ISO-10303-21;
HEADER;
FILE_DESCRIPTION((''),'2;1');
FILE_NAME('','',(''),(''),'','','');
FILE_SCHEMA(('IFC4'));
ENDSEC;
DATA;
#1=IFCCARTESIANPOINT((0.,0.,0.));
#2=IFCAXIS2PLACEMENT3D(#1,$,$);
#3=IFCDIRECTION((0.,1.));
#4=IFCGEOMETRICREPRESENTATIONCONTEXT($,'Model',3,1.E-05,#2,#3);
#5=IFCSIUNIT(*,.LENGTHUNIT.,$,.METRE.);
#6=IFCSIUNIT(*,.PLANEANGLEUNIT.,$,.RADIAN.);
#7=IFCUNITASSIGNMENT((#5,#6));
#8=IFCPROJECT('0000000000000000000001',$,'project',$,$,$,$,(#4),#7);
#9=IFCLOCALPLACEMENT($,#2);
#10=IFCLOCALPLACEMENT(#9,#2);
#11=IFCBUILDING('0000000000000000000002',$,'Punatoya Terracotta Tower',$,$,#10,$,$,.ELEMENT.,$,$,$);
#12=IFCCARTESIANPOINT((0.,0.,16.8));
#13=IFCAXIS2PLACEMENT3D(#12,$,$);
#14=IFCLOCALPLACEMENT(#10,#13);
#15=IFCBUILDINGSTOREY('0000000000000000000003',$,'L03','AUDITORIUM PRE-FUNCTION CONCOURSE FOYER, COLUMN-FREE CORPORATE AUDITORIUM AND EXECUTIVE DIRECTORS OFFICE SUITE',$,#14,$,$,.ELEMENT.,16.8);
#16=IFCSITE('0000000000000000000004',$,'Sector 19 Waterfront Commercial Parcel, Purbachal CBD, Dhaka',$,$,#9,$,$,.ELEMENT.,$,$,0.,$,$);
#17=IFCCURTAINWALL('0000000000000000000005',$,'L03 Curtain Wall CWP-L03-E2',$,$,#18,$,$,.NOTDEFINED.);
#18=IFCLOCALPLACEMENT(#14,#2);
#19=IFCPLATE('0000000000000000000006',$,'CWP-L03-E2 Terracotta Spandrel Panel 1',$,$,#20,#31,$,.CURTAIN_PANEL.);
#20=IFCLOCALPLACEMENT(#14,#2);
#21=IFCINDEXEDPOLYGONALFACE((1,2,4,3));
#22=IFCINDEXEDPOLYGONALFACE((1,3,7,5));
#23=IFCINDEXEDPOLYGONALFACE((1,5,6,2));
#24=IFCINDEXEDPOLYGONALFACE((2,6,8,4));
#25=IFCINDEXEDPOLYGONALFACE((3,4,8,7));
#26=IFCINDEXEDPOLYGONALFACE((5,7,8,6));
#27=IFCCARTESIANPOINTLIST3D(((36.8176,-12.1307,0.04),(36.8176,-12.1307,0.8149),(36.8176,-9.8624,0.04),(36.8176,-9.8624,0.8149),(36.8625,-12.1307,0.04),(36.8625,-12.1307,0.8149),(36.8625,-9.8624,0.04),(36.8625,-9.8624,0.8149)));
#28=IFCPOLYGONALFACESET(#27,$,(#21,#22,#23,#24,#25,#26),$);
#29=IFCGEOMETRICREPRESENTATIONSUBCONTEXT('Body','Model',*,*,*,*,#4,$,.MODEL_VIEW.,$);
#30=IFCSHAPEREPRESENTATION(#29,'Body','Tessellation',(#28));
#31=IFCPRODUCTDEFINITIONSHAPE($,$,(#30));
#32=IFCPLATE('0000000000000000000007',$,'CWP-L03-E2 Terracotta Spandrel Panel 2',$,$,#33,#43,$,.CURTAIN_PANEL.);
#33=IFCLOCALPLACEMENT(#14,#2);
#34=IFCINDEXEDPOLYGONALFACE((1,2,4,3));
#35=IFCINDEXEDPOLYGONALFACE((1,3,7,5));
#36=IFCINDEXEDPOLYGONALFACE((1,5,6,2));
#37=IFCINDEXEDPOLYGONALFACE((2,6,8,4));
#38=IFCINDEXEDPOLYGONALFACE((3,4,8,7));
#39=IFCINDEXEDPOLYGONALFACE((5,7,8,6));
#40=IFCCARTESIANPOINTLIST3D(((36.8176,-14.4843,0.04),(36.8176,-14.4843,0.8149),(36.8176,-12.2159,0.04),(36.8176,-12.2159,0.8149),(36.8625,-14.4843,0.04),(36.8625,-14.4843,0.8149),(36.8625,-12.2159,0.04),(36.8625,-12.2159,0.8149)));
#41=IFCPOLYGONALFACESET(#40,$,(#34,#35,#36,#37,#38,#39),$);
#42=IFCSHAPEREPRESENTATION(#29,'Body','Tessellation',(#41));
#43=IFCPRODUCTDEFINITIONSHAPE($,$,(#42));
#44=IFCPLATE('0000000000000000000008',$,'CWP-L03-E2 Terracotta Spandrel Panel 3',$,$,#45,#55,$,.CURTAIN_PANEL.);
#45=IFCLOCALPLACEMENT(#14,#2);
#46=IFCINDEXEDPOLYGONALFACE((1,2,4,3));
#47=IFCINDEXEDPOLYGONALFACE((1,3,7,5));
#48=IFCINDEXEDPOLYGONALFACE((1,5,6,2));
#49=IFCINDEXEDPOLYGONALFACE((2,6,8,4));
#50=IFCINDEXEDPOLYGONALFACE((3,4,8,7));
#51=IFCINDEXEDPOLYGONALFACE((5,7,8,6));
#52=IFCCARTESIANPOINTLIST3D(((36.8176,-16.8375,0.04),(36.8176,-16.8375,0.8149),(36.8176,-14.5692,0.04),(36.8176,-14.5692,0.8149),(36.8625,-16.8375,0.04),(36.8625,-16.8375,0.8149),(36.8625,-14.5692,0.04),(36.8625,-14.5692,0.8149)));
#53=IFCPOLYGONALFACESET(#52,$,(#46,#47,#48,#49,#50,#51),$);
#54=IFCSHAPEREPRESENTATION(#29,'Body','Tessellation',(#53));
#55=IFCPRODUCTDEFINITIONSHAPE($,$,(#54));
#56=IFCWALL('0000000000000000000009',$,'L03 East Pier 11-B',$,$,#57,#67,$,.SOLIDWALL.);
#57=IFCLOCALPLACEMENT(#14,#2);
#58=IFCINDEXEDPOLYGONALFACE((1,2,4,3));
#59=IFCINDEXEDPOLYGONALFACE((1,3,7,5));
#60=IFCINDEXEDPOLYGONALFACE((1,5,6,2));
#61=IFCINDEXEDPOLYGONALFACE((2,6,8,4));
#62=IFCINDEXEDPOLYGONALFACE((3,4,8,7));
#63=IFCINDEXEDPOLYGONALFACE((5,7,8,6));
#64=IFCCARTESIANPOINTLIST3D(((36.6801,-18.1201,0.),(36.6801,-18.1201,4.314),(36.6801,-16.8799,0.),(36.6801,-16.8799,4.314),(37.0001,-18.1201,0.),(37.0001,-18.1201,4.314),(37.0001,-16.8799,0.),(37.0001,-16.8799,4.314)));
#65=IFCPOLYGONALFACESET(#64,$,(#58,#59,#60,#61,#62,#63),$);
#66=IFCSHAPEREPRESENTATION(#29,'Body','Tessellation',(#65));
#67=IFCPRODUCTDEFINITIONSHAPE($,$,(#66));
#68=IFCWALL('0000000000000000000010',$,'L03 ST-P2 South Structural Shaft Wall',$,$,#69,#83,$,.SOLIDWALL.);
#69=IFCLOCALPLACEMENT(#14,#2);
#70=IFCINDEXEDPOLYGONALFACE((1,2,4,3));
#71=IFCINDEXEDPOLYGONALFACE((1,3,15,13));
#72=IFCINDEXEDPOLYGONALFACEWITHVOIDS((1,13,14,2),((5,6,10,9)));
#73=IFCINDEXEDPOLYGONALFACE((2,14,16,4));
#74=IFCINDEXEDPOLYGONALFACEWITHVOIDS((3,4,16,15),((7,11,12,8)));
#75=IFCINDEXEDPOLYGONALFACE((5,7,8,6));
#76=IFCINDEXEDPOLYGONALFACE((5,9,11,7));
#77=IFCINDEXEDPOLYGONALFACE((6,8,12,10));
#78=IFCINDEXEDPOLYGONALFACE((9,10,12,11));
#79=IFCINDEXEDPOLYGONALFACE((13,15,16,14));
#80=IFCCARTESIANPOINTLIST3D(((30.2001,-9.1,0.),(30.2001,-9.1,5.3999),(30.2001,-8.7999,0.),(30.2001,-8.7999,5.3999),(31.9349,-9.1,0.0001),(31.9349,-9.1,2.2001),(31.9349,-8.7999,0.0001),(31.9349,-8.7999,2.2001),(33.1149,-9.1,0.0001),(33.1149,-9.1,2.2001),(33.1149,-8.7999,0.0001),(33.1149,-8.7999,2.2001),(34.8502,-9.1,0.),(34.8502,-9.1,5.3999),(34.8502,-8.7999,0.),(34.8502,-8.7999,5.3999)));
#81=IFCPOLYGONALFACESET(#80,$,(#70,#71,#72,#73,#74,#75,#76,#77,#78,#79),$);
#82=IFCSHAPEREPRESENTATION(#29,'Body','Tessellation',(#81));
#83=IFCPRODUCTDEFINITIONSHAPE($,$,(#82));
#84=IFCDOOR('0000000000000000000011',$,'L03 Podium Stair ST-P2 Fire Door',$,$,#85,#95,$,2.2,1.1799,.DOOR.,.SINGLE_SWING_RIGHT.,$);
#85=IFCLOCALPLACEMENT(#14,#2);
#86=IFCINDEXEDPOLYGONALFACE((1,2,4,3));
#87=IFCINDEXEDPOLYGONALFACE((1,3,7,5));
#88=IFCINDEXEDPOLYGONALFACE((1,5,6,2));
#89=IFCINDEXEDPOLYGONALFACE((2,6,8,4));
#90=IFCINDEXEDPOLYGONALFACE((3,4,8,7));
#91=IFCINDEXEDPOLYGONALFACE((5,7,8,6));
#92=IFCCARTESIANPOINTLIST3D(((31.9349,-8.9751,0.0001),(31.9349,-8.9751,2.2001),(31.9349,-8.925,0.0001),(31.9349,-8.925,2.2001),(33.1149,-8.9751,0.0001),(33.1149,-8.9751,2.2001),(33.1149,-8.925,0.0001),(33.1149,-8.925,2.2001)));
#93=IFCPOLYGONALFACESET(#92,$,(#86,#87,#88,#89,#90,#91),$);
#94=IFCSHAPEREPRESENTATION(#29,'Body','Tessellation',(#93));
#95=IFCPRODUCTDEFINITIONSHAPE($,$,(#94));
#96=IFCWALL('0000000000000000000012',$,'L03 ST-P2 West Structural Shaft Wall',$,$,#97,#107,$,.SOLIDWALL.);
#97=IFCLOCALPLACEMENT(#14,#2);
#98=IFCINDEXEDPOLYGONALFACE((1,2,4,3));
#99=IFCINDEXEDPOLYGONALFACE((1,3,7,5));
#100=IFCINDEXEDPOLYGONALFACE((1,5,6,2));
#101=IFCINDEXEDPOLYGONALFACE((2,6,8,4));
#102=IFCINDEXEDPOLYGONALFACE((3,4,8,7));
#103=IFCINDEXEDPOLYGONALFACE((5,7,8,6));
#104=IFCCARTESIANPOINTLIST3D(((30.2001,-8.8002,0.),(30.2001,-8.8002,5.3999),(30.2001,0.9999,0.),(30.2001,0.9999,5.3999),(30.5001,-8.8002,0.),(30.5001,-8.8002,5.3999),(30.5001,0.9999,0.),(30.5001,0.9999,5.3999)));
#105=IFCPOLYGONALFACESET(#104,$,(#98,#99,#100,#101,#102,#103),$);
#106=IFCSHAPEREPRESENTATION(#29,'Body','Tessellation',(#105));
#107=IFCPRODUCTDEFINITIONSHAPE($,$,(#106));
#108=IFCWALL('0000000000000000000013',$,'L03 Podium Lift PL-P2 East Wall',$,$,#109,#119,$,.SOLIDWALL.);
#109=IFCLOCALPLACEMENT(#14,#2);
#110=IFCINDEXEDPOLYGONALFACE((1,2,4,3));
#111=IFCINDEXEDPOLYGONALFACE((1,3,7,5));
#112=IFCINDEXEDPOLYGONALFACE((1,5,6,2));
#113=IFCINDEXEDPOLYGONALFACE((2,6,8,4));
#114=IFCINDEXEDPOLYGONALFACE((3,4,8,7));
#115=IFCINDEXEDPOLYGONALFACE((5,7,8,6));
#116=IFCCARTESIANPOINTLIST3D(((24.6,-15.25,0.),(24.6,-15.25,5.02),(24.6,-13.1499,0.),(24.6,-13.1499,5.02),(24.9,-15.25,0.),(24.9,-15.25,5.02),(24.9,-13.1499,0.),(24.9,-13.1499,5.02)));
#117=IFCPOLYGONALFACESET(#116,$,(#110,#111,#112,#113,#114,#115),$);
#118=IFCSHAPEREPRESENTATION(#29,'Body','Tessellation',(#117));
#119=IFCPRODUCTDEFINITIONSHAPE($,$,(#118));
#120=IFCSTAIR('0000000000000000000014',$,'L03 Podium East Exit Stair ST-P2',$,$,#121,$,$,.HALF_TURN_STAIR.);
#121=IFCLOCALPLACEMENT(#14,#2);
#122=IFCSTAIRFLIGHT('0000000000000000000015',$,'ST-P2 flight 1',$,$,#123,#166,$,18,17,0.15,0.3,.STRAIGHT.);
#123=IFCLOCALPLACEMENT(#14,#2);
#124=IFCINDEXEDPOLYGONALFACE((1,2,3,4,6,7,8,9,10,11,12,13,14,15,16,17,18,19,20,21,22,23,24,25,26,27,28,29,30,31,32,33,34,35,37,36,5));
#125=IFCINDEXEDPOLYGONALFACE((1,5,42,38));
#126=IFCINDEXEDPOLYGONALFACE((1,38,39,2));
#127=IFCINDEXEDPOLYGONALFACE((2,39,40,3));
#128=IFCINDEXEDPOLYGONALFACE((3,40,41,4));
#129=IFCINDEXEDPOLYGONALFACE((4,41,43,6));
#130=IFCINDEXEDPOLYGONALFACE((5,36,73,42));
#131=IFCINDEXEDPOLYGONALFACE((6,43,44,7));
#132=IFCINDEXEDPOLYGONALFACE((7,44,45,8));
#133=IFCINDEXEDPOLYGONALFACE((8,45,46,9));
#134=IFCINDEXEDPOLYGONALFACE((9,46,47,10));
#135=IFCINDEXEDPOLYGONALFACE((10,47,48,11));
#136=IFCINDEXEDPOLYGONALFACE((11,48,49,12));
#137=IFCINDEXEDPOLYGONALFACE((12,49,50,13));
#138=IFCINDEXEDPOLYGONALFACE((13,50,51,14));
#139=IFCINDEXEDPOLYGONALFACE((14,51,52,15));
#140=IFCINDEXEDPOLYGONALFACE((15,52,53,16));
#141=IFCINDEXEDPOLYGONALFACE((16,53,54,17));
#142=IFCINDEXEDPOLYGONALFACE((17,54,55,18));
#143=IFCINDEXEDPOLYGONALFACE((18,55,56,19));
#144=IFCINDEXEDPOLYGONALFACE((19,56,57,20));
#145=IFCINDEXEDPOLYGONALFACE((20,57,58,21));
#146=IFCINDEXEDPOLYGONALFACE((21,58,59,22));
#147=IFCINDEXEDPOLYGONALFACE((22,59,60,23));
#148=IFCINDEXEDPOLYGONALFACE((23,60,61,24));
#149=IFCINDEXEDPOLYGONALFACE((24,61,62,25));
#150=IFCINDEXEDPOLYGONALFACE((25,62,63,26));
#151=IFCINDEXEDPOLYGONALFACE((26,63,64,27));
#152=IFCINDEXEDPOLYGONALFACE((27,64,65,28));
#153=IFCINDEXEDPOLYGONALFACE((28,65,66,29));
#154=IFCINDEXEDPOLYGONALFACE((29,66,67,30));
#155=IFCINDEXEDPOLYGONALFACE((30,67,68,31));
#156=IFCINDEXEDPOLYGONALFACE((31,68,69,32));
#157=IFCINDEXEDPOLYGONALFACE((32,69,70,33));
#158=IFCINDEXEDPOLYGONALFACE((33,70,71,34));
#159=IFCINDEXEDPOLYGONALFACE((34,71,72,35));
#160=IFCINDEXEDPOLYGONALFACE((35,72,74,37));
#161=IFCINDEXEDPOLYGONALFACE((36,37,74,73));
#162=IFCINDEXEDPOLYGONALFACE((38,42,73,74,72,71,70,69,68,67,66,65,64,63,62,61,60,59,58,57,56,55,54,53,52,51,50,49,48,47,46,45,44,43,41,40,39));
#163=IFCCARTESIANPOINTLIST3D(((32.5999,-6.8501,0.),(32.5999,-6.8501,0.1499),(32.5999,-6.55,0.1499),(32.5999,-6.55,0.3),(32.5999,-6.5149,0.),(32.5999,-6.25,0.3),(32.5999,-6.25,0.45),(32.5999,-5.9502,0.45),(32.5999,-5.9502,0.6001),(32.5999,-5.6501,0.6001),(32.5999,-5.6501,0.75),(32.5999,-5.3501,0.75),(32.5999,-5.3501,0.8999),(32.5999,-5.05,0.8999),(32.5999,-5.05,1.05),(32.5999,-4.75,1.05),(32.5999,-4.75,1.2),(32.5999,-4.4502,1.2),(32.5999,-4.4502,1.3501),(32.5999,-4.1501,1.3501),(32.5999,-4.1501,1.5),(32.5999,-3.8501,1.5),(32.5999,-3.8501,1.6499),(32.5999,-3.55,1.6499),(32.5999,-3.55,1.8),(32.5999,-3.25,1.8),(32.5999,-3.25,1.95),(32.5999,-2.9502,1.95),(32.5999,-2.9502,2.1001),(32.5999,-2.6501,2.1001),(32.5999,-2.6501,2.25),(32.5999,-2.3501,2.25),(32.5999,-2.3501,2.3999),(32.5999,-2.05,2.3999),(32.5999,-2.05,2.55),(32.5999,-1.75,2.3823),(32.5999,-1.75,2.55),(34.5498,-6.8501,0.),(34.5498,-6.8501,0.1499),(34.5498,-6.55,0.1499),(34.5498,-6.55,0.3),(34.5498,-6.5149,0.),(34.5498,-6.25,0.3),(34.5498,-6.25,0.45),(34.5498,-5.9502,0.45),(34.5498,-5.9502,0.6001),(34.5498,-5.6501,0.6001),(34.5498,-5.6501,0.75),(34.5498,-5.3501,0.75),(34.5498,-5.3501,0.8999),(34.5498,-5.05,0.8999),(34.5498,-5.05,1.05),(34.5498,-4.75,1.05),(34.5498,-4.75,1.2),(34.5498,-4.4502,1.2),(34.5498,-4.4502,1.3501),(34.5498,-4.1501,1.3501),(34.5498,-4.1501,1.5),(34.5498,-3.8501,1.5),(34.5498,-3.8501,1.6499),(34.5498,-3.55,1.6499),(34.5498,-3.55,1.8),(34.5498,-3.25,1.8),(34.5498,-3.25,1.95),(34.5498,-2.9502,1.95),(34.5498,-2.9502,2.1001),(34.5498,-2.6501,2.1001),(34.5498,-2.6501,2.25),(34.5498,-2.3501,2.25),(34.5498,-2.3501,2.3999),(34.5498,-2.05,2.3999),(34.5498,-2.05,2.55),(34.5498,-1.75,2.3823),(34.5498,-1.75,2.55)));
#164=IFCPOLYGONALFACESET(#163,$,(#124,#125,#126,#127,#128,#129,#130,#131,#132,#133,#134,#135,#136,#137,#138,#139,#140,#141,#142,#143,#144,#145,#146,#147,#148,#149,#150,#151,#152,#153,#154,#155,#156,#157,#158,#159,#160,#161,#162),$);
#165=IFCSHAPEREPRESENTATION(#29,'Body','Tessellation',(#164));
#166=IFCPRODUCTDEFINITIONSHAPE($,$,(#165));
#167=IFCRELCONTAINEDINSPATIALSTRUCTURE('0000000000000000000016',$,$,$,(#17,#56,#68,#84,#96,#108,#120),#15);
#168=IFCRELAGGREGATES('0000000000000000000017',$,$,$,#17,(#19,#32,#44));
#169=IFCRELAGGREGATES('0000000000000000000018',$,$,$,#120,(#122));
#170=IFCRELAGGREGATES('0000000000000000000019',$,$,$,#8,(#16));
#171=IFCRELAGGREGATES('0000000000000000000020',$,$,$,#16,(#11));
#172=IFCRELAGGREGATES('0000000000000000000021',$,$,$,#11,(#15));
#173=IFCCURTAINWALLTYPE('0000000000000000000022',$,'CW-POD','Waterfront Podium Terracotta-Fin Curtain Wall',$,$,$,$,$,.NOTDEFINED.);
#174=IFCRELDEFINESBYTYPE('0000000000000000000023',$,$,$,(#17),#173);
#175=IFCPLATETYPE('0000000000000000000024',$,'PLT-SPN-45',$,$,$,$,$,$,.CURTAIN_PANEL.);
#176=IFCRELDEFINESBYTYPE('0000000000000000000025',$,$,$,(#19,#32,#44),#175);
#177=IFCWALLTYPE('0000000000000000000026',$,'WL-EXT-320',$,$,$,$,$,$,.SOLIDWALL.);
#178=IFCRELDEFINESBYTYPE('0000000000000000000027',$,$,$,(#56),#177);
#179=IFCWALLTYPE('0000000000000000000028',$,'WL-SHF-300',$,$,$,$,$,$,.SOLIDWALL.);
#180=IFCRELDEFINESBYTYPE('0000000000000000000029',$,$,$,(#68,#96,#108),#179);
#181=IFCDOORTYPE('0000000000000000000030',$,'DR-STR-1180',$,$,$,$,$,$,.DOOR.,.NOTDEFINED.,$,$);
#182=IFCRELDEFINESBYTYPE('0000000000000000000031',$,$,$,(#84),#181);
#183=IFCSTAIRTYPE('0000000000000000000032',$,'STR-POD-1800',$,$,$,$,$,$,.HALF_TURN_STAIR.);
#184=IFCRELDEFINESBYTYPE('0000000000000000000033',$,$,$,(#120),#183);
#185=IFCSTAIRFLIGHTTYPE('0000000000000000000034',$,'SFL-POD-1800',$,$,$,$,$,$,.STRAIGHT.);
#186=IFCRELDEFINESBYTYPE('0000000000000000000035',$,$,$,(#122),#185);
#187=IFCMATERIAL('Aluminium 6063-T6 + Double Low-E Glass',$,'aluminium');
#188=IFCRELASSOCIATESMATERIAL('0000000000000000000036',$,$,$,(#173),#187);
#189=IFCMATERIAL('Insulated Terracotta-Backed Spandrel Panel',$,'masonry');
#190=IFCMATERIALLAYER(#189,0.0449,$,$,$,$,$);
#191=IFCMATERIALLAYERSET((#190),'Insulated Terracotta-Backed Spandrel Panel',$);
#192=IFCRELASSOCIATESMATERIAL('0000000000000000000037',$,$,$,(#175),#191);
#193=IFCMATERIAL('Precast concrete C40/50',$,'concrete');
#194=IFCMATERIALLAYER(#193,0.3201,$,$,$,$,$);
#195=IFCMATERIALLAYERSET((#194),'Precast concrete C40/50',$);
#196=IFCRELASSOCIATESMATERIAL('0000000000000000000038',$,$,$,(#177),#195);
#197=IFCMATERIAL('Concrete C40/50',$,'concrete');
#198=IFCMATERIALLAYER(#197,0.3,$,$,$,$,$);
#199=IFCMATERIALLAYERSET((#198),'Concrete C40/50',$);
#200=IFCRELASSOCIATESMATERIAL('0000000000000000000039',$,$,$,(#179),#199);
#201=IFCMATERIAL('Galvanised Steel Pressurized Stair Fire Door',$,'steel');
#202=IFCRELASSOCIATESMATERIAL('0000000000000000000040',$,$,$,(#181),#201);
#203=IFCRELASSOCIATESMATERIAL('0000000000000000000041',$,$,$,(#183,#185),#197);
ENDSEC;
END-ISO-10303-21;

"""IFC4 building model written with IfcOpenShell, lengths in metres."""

from ifc_helpers import new_model, si_unit, direction, frame, frame_2d, origin, origin_2d, place, context, subcontext, project, spatial, polyline, rectangle, outline, extrude, material, layer, layer_set, type_object, element, fill, aggregate, save


model = new_model("IFC4")

# Units and contexts
model_context = context("Model", 3, precision=1e-05, world=origin(), true_north=direction((0.0, 1.0)))
body_context = subcontext(model_context, "Body", "Model", "MODEL_VIEW")
ifc_project = project(units=[si_unit("LENGTHUNIT", "METRE"), si_unit("PLANEANGLEUNIT", "RADIAN")], contexts=[model_context])

# Site, building, storey
site_placement = place(None, origin())
site = spatial("IfcSite", under=ifc_project, at=site_placement, Name="Sector 19 Waterfront Commercial Parcel, Purbachal CBD, Dhaka", CompositionType="ELEMENT", RefElevation=0.0)
building_placement = place(site_placement, origin())
building = spatial("IfcBuilding", under=site, at=building_placement, Name="Punatoya Terracotta Tower", CompositionType="ELEMENT")
storey_placement = place(building_placement, frame((0.0, 0.0, 16.8)))
storey = spatial("IfcBuildingStorey", under=building, at=storey_placement, Name="L03", Description="AUDITORIUM PRE-FUNCTION CONCOURSE FOYER, COLUMN-FREE CORPORATE AUDITORIUM AND EXECUTIVE DIRECTORS OFFICE SUITE", CompositionType="ELEMENT", Elevation=16.8)

# Curtain wall
ifc_material_1 = material(Name="Aluminium 6063-T6 + Double Low-E Glass", Category="aluminium")
curtain_wall_type = type_object("IfcCurtainWallType", Name="CW-POD", Description="Waterfront Podium Terracotta-Fin Curtain Wall", PredefinedType="NOTDEFINED", material=ifc_material_1)
curtain_wall_placement = place(storey_placement, origin())
curtain_wall = element("IfcCurtainWall", 1, at=curtain_wall_placement, inside=storey, type_object=curtain_wall_type, Name="L03 Curtain Wall CWP-L03-E2", PredefinedType="NOTDEFINED")

# Plates
ifc_material_2 = material(Name="Insulated Terracotta-Backed Spandrel Panel", Category="masonry")
ifc_layer_1 = layer(ifc_material_2, 0.0449)
ifc_layer_set_1 = layer_set([ifc_layer_1], Name="Insulated Terracotta-Backed Spandrel Panel")
plate_type_1 = type_object("IfcPlateType", Name="PLT-SPN-45", PredefinedType="CURTAIN_PANEL", material=ifc_layer_set_1)
plate_1_placement = place(storey_placement, frame((36.8401, -10.9966, 0.04), z_axis=(0.0, 0.0, 1.0), x_axis=(0.0, -1.0, 0.0)))
plate_1 = element("IfcPlate", 2, at=plate_1_placement, type_object=plate_type_1, Name="CWP-L03-E2 Terracotta Spandrel Panel 1", PredefinedType="CURTAIN_PANEL", context=body_context, shape_type="SweptSolid", body=[
    extrude(rectangle(XDim=2.2683, YDim=0.0449, at=origin_2d()), origin(), (0.0, 0.0, 1.0), 0.7749),
])
plate_2_placement = place(storey_placement, frame((36.8401, -13.3501, 0.04), z_axis=(0.0, 0.0, 1.0), x_axis=(0.0, -1.0, 0.0)))
plate_2 = element("IfcPlate", 3, at=plate_2_placement, type_object=plate_type_1, Name="CWP-L03-E2 Terracotta Spandrel Panel 2", PredefinedType="CURTAIN_PANEL", context=body_context, shape_type="SweptSolid", body=[
    extrude(rectangle(XDim=2.2683, YDim=0.0449, at=origin_2d()), origin(), (0.0, 0.0, 1.0), 0.7749),
])
plate_3_placement = place(storey_placement, frame((36.8401, -15.7034, 0.04), z_axis=(0.0, 0.0, 1.0), x_axis=(0.0, -1.0, 0.0)))
plate_3 = element("IfcPlate", 4, at=plate_3_placement, type_object=plate_type_1, Name="CWP-L03-E2 Terracotta Spandrel Panel 3", PredefinedType="CURTAIN_PANEL", context=body_context, shape_type="SweptSolid", body=[
    extrude(rectangle(XDim=2.2683, YDim=0.0449, at=origin_2d()), origin(), (0.0, 0.0, 1.0), 0.7749),
])
aggregate(curtain_wall, [plate_1, plate_2, plate_3])

# Wall
ifc_material_3 = material(Name="Precast concrete C40/50", Category="concrete")
ifc_layer_2 = layer(ifc_material_3, 0.3201)
ifc_layer_set_2 = layer_set([ifc_layer_2], Name="Precast concrete C40/50")
wall_type_1 = type_object("IfcWallType", Name="WL-EXT-320", PredefinedType="SOLIDWALL", material=ifc_layer_set_2)
wall_1_placement = place(storey_placement, frame((36.8401, -16.8799, 0.0), z_axis=(0.0, 0.0, 1.0), x_axis=(0.0, -1.0, 0.0)))
element("IfcWall", 5, at=wall_1_placement, inside=storey, type_object=wall_type_1, Name="L03 East Pier 11-B", PredefinedType="SOLIDWALL", context=body_context, shape_type="SweptSolid", body=[
    extrude(rectangle(XDim=1.2402, YDim=0.3201, at=frame_2d((0.6201, 0.0))), origin(), (0.0, 0.0, 1.0), 4.314),
])

# Wall, opening, door
ifc_material_4 = material(Name="Concrete C40/50", Category="concrete")
ifc_layer_3 = layer(ifc_material_4, 0.3)
ifc_layer_set_3 = layer_set([ifc_layer_3], Name="Concrete C40/50")
wall_type_2 = type_object("IfcWallType", Name="WL-SHF-300", PredefinedType="SOLIDWALL", material=ifc_layer_set_3)
wall_2_placement = place(storey_placement, frame((30.2, -8.95, 0.0), z_axis=(0.0, 0.0, 1.0), x_axis=(1.0, 0.0, 0.0)))
wall_2 = element("IfcWall", 6, at=wall_2_placement, inside=storey, type_object=wall_type_2, Name="L03 ST-P2 South Structural Shaft Wall", PredefinedType="SOLIDWALL", context=body_context, shape_type="SweptSolid", body=[
    extrude(rectangle(XDim=4.6501, YDim=0.3, at=frame_2d((2.3252, 0.0))), origin(), (0.0, 0.0, 1.0), 5.3999),
])
opening_placement = place(wall_2_placement, frame((1.7351, 0.0, 0.0)))
opening = element("IfcOpeningElement", 7, at=opening_placement, cuts=wall_2, PredefinedType="OPENING", context=body_context, shape_type="SweptSolid", body=[
    extrude(rectangle(XDim=1.1799, YDim=2.2, at=frame_2d((0.5898, 1.1001))), frame((0.0, 0.1599, 0.0), z_axis=(0.0, -1.0, 0.0), x_axis=(1.0, 0.0, 0.0)), (0.0, 0.0, 1.0), 0.3201),
])
ifc_material_5 = material(Name="Galvanised Steel Pressurized Stair Fire Door", Category="steel")
door_type = type_object("IfcDoorType", Name="DR-STR-1180", OperationType="NOTDEFINED", PredefinedType="DOOR", material=ifc_material_5)
door_placement = place(opening_placement, origin())
door = element("IfcDoor", 8, at=door_placement, inside=storey, type_object=door_type, Name="L03 Podium Stair ST-P2 Fire Door", OperationType="SINGLE_SWING_RIGHT", OverallHeight=2.2, OverallWidth=1.1799, PredefinedType="DOOR", context=body_context, shape_type="SweptSolid", body=[
    extrude(rectangle(XDim=1.1799, YDim=2.2, at=frame_2d((0.5898, 1.1001))), frame((0.0, 0.0249, 0.0), z_axis=(0.0, -1.0, 0.0), x_axis=(1.0, 0.0, 0.0)), (0.0, 0.0, 1.0), 0.05),
])
fill(opening, door)

# Walls
wall_3_placement = place(storey_placement, frame((30.3501, -8.8, 0.0), z_axis=(0.0, 0.0, 1.0), x_axis=(0.0, 1.0, 0.0)))
element("IfcWall", 9, at=wall_3_placement, inside=storey, type_object=wall_type_2, Name="L03 ST-P2 West Structural Shaft Wall", PredefinedType="SOLIDWALL", context=body_context, shape_type="SweptSolid", body=[
    extrude(rectangle(XDim=9.8, YDim=0.3, at=frame_2d((4.8999, 0.0))), origin(), (0.0, 0.0, 1.0), 5.3999),
])
wall_4_placement = place(storey_placement, frame((24.75, -15.25, 0.0), z_axis=(0.0, 0.0, 1.0), x_axis=(0.0, 1.0, 0.0)))
element("IfcWall", 10, at=wall_4_placement, inside=storey, type_object=wall_type_2, Name="L03 Podium Lift PL-P2 East Wall", PredefinedType="SOLIDWALL", context=body_context, shape_type="SweptSolid", body=[
    extrude(rectangle(XDim=2.1001, YDim=0.3, at=frame_2d((1.05, 0.0))), origin(), (0.0, 0.0, 1.0), 5.02),
])

# Stair, stair flight
stair_type = type_object("IfcStairType", Name="STR-POD-1800", PredefinedType="HALF_TURN_STAIR", material=ifc_material_4)
stair_placement = place(storey_placement, origin())
stair = element("IfcStair", 11, at=stair_placement, inside=storey, type_object=stair_type, Name="L03 Podium East Exit Stair ST-P2", PredefinedType="HALF_TURN_STAIR")
stair_flight_type = type_object("IfcStairFlightType", Name="SFL-POD-1800", PredefinedType="STRAIGHT", material=ifc_material_4)
stair_flight_1_placement = place(storey_placement, frame((33.575, -6.8501, 0.0), z_axis=(0.0, 0.0, 1.0), x_axis=(0.0, 1.0, 0.0)))
stair_flight_1 = element("IfcStairFlight", 12, at=stair_flight_1_placement, type_object=stair_flight_type, Name="ST-P2 flight 1", NumberOfRisers=18, NumberOfTreads=17, PredefinedType="STRAIGHT", RiserHeight=0.15, TreadLength=0.3, context=body_context, shape_type="SweptSolid", body=[
    extrude(outline(polyline([(0.0, 0.0), (0.0, 0.1499), (0.3, 0.1499), (0.3, 0.3), (0.6001, 0.3), (0.6001, 0.45), (0.8999, 0.45), (0.8999, 0.6001), (1.2, 0.6001), (1.2, 0.75), (1.5, 0.75), (1.5, 0.8999), (1.8, 0.8999), (1.8, 1.05), (2.1001, 1.05), (2.1001, 1.2), (2.3999, 1.2), (2.3999, 1.3501), (2.7, 1.3501), (2.7, 1.5), (3.0, 1.5), (3.0, 1.6499), (3.3, 1.6499), (3.3, 1.8), (3.6001, 1.8), (3.6001, 1.95), (3.8999, 1.95), (3.8999, 2.1001), (4.2, 2.1001), (4.2, 2.25), (4.5, 2.25), (4.5, 2.3999), (4.8, 2.3999), (4.8, 2.55), (5.1001, 2.55), (5.1001, 2.7), (5.1001, 2.3823), (0.3352, 0.0), (0.0, 0.0)])), frame((0.0, 0.9751, 0.0), z_axis=(0.0, -1.0, 0.0), x_axis=(1.0, 0.0, 0.0)), (0.0, 0.0, 1.0), 1.95),
])
aggregate(stair, [stair_flight_1])

save(model, "model.ifc")
